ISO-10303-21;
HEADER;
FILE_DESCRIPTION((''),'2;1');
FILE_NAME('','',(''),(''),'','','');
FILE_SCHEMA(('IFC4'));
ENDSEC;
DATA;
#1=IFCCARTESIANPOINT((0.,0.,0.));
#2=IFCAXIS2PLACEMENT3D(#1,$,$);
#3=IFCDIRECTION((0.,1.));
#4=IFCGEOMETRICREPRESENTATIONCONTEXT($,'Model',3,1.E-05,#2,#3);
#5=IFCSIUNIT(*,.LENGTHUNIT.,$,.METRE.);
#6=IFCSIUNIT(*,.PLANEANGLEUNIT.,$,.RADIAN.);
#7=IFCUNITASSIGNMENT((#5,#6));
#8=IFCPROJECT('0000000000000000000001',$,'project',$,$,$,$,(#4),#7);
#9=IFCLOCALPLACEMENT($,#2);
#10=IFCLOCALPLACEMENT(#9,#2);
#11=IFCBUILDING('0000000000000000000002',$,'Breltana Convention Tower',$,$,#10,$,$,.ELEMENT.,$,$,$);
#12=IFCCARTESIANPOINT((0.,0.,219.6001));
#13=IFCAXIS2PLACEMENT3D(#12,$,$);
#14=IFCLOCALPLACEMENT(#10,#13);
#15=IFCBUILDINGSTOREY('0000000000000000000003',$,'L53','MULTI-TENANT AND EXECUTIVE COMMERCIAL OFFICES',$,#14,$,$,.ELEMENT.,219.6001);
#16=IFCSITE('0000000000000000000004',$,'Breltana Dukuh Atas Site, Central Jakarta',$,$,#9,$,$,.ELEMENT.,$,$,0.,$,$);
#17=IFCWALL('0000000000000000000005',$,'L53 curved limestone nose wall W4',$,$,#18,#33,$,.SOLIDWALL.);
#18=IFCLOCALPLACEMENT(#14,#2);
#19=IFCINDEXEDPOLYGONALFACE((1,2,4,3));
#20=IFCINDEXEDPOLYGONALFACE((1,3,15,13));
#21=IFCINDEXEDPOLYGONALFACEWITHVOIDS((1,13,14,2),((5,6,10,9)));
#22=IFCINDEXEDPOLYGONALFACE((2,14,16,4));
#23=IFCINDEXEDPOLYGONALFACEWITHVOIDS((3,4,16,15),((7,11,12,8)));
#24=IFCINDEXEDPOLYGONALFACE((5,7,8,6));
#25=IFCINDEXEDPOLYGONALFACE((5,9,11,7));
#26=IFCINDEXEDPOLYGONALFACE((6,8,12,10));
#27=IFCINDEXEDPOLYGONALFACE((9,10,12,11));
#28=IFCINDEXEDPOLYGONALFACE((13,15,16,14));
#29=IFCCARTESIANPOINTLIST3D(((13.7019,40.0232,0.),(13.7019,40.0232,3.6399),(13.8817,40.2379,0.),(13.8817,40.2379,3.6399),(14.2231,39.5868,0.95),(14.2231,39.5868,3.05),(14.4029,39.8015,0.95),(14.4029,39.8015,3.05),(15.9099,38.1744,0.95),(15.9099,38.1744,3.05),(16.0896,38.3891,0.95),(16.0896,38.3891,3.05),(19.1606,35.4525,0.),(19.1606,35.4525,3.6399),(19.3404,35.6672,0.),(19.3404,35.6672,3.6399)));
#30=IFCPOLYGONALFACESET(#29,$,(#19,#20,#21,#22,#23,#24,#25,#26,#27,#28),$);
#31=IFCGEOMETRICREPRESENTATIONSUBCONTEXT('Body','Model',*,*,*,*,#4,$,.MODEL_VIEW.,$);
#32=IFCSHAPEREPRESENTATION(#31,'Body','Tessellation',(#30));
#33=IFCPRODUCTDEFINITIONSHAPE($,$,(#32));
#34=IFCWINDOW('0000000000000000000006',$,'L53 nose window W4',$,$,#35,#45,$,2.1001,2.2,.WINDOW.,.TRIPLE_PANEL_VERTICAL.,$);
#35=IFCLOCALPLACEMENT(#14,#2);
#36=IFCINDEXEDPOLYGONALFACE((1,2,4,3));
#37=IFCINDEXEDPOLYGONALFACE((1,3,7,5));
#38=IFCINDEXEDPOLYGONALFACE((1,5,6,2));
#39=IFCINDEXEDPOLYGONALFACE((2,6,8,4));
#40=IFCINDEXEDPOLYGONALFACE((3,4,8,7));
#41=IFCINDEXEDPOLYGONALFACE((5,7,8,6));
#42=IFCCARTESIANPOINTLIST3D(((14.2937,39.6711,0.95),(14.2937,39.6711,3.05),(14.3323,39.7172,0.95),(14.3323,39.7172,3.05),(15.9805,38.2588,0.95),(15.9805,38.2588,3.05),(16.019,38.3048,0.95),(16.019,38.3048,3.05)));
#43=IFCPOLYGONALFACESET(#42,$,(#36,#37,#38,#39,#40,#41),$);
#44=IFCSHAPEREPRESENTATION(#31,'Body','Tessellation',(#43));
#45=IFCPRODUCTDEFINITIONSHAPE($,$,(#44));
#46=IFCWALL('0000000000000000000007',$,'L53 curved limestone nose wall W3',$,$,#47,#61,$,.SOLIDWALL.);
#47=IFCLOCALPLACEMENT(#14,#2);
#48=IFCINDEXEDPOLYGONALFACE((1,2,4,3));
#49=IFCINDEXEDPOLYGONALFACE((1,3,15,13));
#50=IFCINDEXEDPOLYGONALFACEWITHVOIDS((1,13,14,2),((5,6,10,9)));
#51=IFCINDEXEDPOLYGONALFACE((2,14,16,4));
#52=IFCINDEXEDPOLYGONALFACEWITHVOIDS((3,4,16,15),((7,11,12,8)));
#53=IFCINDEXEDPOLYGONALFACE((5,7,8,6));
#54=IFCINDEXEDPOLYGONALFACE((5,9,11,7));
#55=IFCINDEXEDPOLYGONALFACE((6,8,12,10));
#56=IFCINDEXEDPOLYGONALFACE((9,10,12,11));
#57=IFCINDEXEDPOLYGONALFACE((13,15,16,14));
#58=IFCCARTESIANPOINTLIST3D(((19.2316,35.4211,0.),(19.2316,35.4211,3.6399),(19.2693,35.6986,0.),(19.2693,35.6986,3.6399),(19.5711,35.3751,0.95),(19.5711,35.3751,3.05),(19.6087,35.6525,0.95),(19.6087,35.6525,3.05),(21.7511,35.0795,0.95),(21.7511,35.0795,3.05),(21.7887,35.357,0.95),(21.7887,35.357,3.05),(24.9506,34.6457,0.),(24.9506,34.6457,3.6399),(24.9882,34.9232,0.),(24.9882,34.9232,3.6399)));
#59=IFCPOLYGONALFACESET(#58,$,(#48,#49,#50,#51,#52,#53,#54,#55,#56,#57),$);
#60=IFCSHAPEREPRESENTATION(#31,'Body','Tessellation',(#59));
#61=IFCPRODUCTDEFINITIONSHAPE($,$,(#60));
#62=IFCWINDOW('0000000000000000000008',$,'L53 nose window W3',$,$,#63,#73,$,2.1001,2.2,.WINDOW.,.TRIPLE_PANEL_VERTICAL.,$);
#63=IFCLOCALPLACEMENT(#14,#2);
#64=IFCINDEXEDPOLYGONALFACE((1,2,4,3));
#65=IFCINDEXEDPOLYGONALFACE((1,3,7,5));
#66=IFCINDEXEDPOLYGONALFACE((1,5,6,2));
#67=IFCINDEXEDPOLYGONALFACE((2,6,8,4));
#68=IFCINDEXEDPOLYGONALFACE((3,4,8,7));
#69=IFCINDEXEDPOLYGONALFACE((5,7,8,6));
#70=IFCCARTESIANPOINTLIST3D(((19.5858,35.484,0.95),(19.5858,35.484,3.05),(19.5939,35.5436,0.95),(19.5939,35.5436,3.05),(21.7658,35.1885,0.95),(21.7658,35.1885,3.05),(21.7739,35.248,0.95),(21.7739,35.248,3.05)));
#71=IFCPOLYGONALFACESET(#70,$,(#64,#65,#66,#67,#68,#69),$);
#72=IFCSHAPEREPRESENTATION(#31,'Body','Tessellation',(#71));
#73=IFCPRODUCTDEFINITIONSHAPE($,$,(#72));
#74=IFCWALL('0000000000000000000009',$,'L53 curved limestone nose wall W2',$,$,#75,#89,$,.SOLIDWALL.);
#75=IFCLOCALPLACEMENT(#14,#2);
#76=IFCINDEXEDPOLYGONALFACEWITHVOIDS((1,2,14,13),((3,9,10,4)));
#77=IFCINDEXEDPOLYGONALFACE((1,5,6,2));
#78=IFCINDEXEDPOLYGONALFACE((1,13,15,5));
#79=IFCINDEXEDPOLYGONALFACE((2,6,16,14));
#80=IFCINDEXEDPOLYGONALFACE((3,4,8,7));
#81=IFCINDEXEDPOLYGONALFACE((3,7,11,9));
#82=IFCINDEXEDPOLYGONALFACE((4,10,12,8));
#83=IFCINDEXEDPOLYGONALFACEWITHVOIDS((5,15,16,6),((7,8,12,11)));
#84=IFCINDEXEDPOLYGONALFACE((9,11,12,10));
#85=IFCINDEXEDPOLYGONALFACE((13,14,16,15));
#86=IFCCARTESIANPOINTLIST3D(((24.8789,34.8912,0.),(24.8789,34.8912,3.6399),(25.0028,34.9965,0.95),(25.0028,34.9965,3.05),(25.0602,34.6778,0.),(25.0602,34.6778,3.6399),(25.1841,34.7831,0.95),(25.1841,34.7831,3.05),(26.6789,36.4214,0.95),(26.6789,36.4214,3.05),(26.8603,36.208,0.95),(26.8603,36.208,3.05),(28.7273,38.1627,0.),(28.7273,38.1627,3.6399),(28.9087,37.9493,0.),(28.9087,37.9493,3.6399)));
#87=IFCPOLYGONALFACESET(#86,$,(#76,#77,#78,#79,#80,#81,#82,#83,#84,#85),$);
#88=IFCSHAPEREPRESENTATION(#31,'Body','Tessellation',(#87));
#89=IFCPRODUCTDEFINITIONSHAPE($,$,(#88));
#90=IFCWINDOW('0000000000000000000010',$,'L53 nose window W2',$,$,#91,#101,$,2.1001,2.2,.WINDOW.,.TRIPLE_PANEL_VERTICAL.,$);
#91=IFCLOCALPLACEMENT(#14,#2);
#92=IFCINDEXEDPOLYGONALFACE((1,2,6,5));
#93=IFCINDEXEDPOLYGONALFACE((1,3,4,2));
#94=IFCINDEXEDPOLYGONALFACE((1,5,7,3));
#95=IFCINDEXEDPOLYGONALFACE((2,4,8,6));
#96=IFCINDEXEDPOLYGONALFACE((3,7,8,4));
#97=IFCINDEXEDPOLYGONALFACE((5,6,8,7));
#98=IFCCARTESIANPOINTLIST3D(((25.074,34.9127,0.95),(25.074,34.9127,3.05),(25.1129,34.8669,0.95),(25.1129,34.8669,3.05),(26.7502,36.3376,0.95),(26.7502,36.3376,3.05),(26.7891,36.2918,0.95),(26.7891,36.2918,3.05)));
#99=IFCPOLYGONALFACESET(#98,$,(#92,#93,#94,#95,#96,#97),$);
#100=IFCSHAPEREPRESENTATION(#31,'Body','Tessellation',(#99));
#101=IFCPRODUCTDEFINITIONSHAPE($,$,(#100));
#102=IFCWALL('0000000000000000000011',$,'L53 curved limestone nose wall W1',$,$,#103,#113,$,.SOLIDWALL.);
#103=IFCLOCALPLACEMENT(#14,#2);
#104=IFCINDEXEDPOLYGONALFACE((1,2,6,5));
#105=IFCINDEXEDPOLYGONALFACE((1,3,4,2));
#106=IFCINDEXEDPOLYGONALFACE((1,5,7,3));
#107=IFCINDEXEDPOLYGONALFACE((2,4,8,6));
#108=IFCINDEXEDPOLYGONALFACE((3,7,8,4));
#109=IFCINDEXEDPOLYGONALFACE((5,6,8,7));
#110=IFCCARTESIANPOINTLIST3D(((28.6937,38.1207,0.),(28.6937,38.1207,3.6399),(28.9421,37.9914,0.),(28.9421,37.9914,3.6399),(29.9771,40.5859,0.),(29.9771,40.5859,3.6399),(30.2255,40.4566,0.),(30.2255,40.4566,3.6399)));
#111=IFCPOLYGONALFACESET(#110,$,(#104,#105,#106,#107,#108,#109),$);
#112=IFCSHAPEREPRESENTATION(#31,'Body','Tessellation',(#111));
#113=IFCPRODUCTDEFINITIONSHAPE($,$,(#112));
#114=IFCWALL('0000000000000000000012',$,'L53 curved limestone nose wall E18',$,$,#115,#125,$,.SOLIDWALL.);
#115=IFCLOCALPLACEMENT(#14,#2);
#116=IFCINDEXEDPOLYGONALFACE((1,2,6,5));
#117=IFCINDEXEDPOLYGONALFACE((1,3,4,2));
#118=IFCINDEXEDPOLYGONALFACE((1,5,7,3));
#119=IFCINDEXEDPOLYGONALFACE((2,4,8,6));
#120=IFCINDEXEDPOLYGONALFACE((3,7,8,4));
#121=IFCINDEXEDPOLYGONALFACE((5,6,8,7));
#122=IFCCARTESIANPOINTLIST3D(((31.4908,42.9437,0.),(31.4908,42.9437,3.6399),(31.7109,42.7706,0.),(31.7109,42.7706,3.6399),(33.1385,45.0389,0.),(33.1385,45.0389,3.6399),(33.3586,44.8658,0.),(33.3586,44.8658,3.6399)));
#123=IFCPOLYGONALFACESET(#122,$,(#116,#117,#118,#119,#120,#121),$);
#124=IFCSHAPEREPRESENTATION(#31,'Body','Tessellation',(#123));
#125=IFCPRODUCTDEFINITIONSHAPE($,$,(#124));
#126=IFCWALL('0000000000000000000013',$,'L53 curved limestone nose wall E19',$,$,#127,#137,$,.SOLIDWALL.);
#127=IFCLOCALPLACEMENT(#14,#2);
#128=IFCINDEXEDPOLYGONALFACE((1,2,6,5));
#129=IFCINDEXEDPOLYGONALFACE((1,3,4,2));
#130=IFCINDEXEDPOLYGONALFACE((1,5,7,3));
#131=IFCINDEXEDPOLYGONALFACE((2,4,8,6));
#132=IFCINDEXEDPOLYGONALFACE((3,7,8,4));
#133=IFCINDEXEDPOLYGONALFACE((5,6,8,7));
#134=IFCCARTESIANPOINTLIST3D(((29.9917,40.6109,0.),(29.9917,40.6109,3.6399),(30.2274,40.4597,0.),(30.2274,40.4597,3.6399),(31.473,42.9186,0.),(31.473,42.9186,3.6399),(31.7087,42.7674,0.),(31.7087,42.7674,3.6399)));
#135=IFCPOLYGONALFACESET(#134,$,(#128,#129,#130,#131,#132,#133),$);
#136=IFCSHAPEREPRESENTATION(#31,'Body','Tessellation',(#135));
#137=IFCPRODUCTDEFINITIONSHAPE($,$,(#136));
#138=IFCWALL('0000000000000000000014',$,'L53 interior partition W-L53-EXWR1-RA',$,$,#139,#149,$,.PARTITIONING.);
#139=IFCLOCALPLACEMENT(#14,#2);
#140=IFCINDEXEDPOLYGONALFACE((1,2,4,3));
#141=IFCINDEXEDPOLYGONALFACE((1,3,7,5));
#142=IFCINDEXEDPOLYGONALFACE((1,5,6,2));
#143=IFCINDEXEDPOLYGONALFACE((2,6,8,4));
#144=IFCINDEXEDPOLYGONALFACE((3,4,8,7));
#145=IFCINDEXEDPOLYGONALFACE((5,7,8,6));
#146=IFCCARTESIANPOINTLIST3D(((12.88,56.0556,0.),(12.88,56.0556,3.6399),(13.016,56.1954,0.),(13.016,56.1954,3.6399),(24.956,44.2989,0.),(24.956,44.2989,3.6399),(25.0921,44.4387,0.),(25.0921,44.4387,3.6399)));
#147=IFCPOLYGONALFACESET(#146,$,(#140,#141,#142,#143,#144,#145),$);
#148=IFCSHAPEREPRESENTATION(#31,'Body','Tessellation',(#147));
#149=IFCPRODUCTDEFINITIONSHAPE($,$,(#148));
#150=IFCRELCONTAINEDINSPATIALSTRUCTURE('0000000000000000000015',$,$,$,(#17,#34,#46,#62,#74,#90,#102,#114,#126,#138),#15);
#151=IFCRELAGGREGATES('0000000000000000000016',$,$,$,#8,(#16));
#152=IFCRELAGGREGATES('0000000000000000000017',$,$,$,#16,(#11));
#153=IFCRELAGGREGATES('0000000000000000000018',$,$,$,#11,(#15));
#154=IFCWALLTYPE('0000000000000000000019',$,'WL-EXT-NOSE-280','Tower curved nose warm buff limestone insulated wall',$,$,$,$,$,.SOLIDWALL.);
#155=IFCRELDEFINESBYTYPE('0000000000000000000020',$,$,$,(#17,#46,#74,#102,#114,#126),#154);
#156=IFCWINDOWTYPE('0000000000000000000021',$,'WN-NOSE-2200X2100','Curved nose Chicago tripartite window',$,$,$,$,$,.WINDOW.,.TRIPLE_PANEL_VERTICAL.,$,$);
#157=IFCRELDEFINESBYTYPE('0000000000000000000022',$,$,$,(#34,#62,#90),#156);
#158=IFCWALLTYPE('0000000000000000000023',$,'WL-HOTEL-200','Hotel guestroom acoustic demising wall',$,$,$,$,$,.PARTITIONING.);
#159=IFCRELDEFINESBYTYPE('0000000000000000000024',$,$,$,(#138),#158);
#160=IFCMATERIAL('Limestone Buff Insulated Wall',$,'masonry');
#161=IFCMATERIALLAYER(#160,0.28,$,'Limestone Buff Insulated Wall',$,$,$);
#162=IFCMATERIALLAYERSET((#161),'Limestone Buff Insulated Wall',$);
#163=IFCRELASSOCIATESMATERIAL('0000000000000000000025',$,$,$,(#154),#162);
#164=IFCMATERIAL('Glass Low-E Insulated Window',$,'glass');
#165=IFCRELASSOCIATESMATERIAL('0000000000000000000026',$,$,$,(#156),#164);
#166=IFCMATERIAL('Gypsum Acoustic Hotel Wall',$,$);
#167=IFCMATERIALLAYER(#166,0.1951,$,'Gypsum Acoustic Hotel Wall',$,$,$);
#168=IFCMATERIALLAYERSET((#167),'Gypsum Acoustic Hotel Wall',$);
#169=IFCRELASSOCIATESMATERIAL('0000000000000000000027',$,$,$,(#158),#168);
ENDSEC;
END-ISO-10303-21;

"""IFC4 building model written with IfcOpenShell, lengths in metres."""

from ifc_helpers import new_model, si_unit, direction, frame, frame_2d, origin, place, context, subcontext, project, spatial, rectangle, extrude, source, transform, mapped, material, layer, layer_set, type_object, type_shapes, element, fill, save


model = new_model("IFC4")

# Units and contexts
model_context = context("Model", 3, precision=1e-05, world=origin(), true_north=direction((0.0, 1.0)))
body_context = subcontext(model_context, "Body", "Model", "MODEL_VIEW")
ifc_project = project(units=[si_unit("LENGTHUNIT", "METRE"), si_unit("PLANEANGLEUNIT", "RADIAN")], contexts=[model_context])

# Site, building, storey
site_placement = place(None, origin())
site = spatial("IfcSite", under=ifc_project, at=site_placement, Name="Breltana Dukuh Atas Site, Central Jakarta", CompositionType="ELEMENT", RefElevation=0.0)
building_placement = place(site_placement, origin())
building = spatial("IfcBuilding", under=site, at=building_placement, Name="Breltana Convention Tower", CompositionType="ELEMENT")
storey_placement = place(building_placement, frame((0.0, 0.0, 219.6001)))
storey = spatial("IfcBuildingStorey", under=building, at=storey_placement, Name="L53", Description="MULTI-TENANT AND EXECUTIVE COMMERCIAL OFFICES", CompositionType="ELEMENT", Elevation=219.6001)

# Walls, openings, windows
ifc_material_1 = material(Name="Limestone Buff Insulated Wall", Category="masonry")
ifc_layer_1 = layer(ifc_material_1, 0.28, Name="Limestone Buff Insulated Wall")
ifc_layer_set_1 = layer_set([ifc_layer_1], Name="Limestone Buff Insulated Wall")
wall_type_1 = type_object("IfcWallType", Name="WL-EXT-NOSE-280", Description="Tower curved nose warm buff limestone insulated wall", PredefinedType="SOLIDWALL", material=ifc_layer_set_1)
ifc_material_2 = material(Name="Glass Low-E Insulated Window", Category="glass")
window_type = type_object("IfcWindowType", Name="WN-NOSE-2200X2100", Description="Curved nose Chicago tripartite window", PartitioningType="TRIPLE_PANEL_VERTICAL", PredefinedType="WINDOW", material=ifc_material_2)
shared_shape_1 = source(origin(), body_context, "Body", "SweptSolid", [
    extrude(rectangle(XDim=2.2, YDim=2.1001, at=frame_2d((1.1001, 1.05))), frame((0.0, 0.03, 0.0), z_axis=(0.0, -1.0, 0.0), x_axis=(1.0, 0.0, 0.0)), (0.0, 0.0, 1.0), 0.0601),
])
type_shapes(window_type, [shared_shape_1])
shared_shape_2 = source(origin(), body_context, "Body", "SweptSolid", [
    extrude(rectangle(XDim=7.1196, YDim=0.28, at=frame_2d((3.5598, 0.0))), origin(), (0.0, 0.0, 1.0), 3.6399),
])
wall_1_placement = place(storey_placement, frame((19.2505, 35.5598, 0.0), z_axis=(0.0, 0.0, 1.0), x_axis=(-0.76671, 0.641994, 0.0)))
wall_1 = element("IfcWall", 1, at=wall_1_placement, inside=storey, type_object=wall_type_1, Name="L53 curved limestone nose wall W4", PredefinedType="SOLIDWALL", context=body_context, shape_type="MappedRepresentation", body=[
    mapped(shared_shape_2, transform((0.0, 0.0, 0.0), scale=1.0)),
])
opening_1_placement = place(wall_1_placement, frame((4.2397, 0.0, 0.95)))
opening_1 = element("IfcOpeningElement", 2, at=opening_1_placement, cuts=wall_1, PredefinedType="OPENING", context=body_context, shape_type="SweptSolid", body=[
    extrude(rectangle(XDim=2.2, YDim=2.1001, at=frame_2d((1.1001, 1.05))), frame((0.0, 0.1499, 0.0), z_axis=(0.0, -1.0, 0.0), x_axis=(1.0, 0.0, 0.0)), (0.0, 0.0, 1.0), 0.3),
])
window_1_placement = place(opening_1_placement, origin())
window_1 = element("IfcWindow", 3, at=window_1_placement, inside=storey, type_object=window_type, Name="L53 nose window W4", OverallHeight=2.1001, OverallWidth=2.2, PartitioningType="TRIPLE_PANEL_VERTICAL", PredefinedType="WINDOW", context=body_context, shape_type="MappedRepresentation", body=[
    mapped(shared_shape_1, transform((0.0, 0.0, 0.0), scale=1.0)),
])
fill(opening_1, window_1)
shared_shape_3 = source(origin(), body_context, "Body", "SweptSolid", [
    extrude(rectangle(XDim=5.7712, YDim=0.28, at=frame_2d((2.8857, 0.0))), origin(), (0.0, 0.0, 1.0), 3.6399),
])
wall_2_placement = place(storey_placement, frame((24.9695, 34.7844, 0.0), z_axis=(0.0, 0.0, 1.0), x_axis=(-0.990934, 0.134352, 0.0)))
wall_2 = element("IfcWall", 4, at=wall_2_placement, inside=storey, type_object=wall_type_1, Name="L53 curved limestone nose wall W3", PredefinedType="SOLIDWALL", context=body_context, shape_type="MappedRepresentation", body=[
    mapped(shared_shape_3, transform((0.0, 0.0, 0.0), scale=1.0)),
])
opening_2_placement = place(wall_2_placement, frame((3.2288, 0.0, 0.95)))
opening_2 = element("IfcOpeningElement", 5, at=opening_2_placement, cuts=wall_2, PredefinedType="OPENING", context=body_context, shape_type="SweptSolid", body=[
    extrude(rectangle(XDim=2.2, YDim=2.1001, at=frame_2d((1.1001, 1.05))), frame((0.0, 0.1499, 0.0), z_axis=(0.0, -1.0, 0.0), x_axis=(1.0, 0.0, 0.0)), (0.0, 0.0, 1.0), 0.3),
])
window_2_placement = place(opening_2_placement, origin())
window_2 = element("IfcWindow", 6, at=window_2_placement, inside=storey, type_object=window_type, Name="L53 nose window W3", OverallHeight=2.1001, OverallWidth=2.2, PartitioningType="TRIPLE_PANEL_VERTICAL", PredefinedType="WINDOW", context=body_context, shape_type="MappedRepresentation", body=[
    mapped(shared_shape_1, transform((0.0, 0.0, 0.0), scale=1.0)),
])
fill(opening_2, window_2)
shared_shape_4 = source(origin(), body_context, "Body", "SweptSolid", [
    extrude(rectangle(XDim=5.051, YDim=0.28, at=frame_2d((2.5254, 0.0))), origin(), (0.0, 0.0, 1.0), 3.6399),
])
wall_3_placement = place(storey_placement, frame((28.8179, 38.0559, 0.0), z_axis=(0.0, 0.0, 1.0), x_axis=(-0.761905, -0.647689, 0.0)))
wall_3 = element("IfcWall", 7, at=wall_3_placement, inside=storey, type_object=wall_type_1, Name="L53 curved limestone nose wall W2", PredefinedType="SOLIDWALL", context=body_context, shape_type="MappedRepresentation", body=[
    mapped(shared_shape_4, transform((0.0, 0.0, 0.0), scale=1.0)),
])
opening_3_placement = place(wall_3_placement, frame((2.6882, 0.0, 0.95)))
opening_3 = element("IfcOpeningElement", 8, at=opening_3_placement, cuts=wall_3, PredefinedType="OPENING", context=body_context, shape_type="SweptSolid", body=[
    extrude(rectangle(XDim=2.2, YDim=2.1001, at=frame_2d((1.1001, 1.05))), frame((0.0, 0.1499, 0.0), z_axis=(0.0, -1.0, 0.0), x_axis=(1.0, 0.0, 0.0)), (0.0, 0.0, 1.0), 0.3),
])
window_3_placement = place(opening_3_placement, origin())
window_3 = element("IfcWindow", 9, at=window_3_placement, inside=storey, type_object=window_type, Name="L53 nose window W2", OverallHeight=2.1001, OverallWidth=2.2, PartitioningType="TRIPLE_PANEL_VERTICAL", PredefinedType="WINDOW", context=body_context, shape_type="MappedRepresentation", body=[
    mapped(shared_shape_1, transform((0.0, 0.0, 0.0), scale=1.0)),
])
fill(opening_3, window_3)

# Walls
shared_shape_5 = source(origin(), body_context, "Body", "SweptSolid", [
    extrude(rectangle(XDim=2.7793, YDim=0.28, at=frame_2d((1.3896, 0.0))), origin(), (0.0, 0.0, 1.0), 3.6399),
])
wall_4_placement = place(storey_placement, frame((30.1013, 40.5212, 0.0), z_axis=(0.0, 0.0, 1.0), x_axis=(-0.46177, -0.887, 0.0)))
element("IfcWall", 10, at=wall_4_placement, inside=storey, type_object=wall_type_1, Name="L53 curved limestone nose wall W1", PredefinedType="SOLIDWALL", context=body_context, shape_type="MappedRepresentation", body=[
    mapped(shared_shape_5, transform((0.0, 0.0, 0.0), scale=1.0)),
])
shared_shape_6 = source(origin(), body_context, "Body", "SweptSolid", [
    extrude(rectangle(XDim=2.6655, YDim=0.28, at=frame_2d((1.3328, 0.0))), origin(), (0.0, 0.0, 1.0), 3.6399),
])
wall_5_placement = place(storey_placement, frame((33.2485, 44.9524, 0.0), z_axis=(0.0, 0.0, 1.0), x_axis=(-0.618161, -0.786051, 0.0)))
element("IfcWall", 11, at=wall_5_placement, inside=storey, type_object=wall_type_1, Name="L53 curved limestone nose wall E18", PredefinedType="SOLIDWALL", context=body_context, shape_type="MappedRepresentation", body=[
    mapped(shared_shape_6, transform((0.0, 0.0, 0.0), scale=1.0)),
])
shared_shape_7 = source(origin(), body_context, "Body", "SweptSolid", [
    extrude(rectangle(XDim=2.7422, YDim=0.28, at=frame_2d((1.3711, 0.0))), origin(), (0.0, 0.0, 1.0), 3.6399),
])
wall_6_placement = place(storey_placement, frame((31.5908, 42.843, 0.0), z_axis=(0.0, 0.0, 1.0), x_axis=(-0.540172, -0.841554, 0.0)))
element("IfcWall", 12, at=wall_6_placement, inside=storey, type_object=wall_type_1, Name="L53 curved limestone nose wall E19", PredefinedType="SOLIDWALL", context=body_context, shape_type="MappedRepresentation", body=[
    mapped(shared_shape_7, transform((0.0, 0.0, 0.0), scale=1.0)),
])

# Shared definitions
ifc_material_3 = material(Name="Gypsum Acoustic Hotel Wall")
ifc_layer_2 = layer(ifc_material_3, 0.1951, Name="Gypsum Acoustic Hotel Wall")
ifc_layer_set_2 = layer_set([ifc_layer_2], Name="Gypsum Acoustic Hotel Wall")
wall_type_2 = type_object("IfcWallType", Name="WL-HOTEL-200", Description="Hotel guestroom acoustic demising wall", PredefinedType="PARTITIONING", material=ifc_layer_set_2)

# Wall
shared_shape_8 = source(origin(), body_context, "Body", "SweptSolid", [
    extrude(rectangle(XDim=16.8538, YDim=0.1951, at=frame_2d((8.4268, 0.0))), origin(), (0.0, 0.0, 1.0), 3.6399),
])
wall_7_placement = place(storey_placement, frame((25.0239, 44.3689, 0.0), z_axis=(0.0, 0.0, 1.0), x_axis=(-0.716517, 0.69757, 0.0)))
element("IfcWall", 13, at=wall_7_placement, inside=storey, type_object=wall_type_2, Name="L53 interior partition W-L53-EXWR1-RA", PredefinedType="PARTITIONING", context=body_context, shape_type="MappedRepresentation", body=[
    mapped(shared_shape_8, transform((0.0, 0.0, 0.0), scale=1.0)),
])

save(model, "model.ifc")
